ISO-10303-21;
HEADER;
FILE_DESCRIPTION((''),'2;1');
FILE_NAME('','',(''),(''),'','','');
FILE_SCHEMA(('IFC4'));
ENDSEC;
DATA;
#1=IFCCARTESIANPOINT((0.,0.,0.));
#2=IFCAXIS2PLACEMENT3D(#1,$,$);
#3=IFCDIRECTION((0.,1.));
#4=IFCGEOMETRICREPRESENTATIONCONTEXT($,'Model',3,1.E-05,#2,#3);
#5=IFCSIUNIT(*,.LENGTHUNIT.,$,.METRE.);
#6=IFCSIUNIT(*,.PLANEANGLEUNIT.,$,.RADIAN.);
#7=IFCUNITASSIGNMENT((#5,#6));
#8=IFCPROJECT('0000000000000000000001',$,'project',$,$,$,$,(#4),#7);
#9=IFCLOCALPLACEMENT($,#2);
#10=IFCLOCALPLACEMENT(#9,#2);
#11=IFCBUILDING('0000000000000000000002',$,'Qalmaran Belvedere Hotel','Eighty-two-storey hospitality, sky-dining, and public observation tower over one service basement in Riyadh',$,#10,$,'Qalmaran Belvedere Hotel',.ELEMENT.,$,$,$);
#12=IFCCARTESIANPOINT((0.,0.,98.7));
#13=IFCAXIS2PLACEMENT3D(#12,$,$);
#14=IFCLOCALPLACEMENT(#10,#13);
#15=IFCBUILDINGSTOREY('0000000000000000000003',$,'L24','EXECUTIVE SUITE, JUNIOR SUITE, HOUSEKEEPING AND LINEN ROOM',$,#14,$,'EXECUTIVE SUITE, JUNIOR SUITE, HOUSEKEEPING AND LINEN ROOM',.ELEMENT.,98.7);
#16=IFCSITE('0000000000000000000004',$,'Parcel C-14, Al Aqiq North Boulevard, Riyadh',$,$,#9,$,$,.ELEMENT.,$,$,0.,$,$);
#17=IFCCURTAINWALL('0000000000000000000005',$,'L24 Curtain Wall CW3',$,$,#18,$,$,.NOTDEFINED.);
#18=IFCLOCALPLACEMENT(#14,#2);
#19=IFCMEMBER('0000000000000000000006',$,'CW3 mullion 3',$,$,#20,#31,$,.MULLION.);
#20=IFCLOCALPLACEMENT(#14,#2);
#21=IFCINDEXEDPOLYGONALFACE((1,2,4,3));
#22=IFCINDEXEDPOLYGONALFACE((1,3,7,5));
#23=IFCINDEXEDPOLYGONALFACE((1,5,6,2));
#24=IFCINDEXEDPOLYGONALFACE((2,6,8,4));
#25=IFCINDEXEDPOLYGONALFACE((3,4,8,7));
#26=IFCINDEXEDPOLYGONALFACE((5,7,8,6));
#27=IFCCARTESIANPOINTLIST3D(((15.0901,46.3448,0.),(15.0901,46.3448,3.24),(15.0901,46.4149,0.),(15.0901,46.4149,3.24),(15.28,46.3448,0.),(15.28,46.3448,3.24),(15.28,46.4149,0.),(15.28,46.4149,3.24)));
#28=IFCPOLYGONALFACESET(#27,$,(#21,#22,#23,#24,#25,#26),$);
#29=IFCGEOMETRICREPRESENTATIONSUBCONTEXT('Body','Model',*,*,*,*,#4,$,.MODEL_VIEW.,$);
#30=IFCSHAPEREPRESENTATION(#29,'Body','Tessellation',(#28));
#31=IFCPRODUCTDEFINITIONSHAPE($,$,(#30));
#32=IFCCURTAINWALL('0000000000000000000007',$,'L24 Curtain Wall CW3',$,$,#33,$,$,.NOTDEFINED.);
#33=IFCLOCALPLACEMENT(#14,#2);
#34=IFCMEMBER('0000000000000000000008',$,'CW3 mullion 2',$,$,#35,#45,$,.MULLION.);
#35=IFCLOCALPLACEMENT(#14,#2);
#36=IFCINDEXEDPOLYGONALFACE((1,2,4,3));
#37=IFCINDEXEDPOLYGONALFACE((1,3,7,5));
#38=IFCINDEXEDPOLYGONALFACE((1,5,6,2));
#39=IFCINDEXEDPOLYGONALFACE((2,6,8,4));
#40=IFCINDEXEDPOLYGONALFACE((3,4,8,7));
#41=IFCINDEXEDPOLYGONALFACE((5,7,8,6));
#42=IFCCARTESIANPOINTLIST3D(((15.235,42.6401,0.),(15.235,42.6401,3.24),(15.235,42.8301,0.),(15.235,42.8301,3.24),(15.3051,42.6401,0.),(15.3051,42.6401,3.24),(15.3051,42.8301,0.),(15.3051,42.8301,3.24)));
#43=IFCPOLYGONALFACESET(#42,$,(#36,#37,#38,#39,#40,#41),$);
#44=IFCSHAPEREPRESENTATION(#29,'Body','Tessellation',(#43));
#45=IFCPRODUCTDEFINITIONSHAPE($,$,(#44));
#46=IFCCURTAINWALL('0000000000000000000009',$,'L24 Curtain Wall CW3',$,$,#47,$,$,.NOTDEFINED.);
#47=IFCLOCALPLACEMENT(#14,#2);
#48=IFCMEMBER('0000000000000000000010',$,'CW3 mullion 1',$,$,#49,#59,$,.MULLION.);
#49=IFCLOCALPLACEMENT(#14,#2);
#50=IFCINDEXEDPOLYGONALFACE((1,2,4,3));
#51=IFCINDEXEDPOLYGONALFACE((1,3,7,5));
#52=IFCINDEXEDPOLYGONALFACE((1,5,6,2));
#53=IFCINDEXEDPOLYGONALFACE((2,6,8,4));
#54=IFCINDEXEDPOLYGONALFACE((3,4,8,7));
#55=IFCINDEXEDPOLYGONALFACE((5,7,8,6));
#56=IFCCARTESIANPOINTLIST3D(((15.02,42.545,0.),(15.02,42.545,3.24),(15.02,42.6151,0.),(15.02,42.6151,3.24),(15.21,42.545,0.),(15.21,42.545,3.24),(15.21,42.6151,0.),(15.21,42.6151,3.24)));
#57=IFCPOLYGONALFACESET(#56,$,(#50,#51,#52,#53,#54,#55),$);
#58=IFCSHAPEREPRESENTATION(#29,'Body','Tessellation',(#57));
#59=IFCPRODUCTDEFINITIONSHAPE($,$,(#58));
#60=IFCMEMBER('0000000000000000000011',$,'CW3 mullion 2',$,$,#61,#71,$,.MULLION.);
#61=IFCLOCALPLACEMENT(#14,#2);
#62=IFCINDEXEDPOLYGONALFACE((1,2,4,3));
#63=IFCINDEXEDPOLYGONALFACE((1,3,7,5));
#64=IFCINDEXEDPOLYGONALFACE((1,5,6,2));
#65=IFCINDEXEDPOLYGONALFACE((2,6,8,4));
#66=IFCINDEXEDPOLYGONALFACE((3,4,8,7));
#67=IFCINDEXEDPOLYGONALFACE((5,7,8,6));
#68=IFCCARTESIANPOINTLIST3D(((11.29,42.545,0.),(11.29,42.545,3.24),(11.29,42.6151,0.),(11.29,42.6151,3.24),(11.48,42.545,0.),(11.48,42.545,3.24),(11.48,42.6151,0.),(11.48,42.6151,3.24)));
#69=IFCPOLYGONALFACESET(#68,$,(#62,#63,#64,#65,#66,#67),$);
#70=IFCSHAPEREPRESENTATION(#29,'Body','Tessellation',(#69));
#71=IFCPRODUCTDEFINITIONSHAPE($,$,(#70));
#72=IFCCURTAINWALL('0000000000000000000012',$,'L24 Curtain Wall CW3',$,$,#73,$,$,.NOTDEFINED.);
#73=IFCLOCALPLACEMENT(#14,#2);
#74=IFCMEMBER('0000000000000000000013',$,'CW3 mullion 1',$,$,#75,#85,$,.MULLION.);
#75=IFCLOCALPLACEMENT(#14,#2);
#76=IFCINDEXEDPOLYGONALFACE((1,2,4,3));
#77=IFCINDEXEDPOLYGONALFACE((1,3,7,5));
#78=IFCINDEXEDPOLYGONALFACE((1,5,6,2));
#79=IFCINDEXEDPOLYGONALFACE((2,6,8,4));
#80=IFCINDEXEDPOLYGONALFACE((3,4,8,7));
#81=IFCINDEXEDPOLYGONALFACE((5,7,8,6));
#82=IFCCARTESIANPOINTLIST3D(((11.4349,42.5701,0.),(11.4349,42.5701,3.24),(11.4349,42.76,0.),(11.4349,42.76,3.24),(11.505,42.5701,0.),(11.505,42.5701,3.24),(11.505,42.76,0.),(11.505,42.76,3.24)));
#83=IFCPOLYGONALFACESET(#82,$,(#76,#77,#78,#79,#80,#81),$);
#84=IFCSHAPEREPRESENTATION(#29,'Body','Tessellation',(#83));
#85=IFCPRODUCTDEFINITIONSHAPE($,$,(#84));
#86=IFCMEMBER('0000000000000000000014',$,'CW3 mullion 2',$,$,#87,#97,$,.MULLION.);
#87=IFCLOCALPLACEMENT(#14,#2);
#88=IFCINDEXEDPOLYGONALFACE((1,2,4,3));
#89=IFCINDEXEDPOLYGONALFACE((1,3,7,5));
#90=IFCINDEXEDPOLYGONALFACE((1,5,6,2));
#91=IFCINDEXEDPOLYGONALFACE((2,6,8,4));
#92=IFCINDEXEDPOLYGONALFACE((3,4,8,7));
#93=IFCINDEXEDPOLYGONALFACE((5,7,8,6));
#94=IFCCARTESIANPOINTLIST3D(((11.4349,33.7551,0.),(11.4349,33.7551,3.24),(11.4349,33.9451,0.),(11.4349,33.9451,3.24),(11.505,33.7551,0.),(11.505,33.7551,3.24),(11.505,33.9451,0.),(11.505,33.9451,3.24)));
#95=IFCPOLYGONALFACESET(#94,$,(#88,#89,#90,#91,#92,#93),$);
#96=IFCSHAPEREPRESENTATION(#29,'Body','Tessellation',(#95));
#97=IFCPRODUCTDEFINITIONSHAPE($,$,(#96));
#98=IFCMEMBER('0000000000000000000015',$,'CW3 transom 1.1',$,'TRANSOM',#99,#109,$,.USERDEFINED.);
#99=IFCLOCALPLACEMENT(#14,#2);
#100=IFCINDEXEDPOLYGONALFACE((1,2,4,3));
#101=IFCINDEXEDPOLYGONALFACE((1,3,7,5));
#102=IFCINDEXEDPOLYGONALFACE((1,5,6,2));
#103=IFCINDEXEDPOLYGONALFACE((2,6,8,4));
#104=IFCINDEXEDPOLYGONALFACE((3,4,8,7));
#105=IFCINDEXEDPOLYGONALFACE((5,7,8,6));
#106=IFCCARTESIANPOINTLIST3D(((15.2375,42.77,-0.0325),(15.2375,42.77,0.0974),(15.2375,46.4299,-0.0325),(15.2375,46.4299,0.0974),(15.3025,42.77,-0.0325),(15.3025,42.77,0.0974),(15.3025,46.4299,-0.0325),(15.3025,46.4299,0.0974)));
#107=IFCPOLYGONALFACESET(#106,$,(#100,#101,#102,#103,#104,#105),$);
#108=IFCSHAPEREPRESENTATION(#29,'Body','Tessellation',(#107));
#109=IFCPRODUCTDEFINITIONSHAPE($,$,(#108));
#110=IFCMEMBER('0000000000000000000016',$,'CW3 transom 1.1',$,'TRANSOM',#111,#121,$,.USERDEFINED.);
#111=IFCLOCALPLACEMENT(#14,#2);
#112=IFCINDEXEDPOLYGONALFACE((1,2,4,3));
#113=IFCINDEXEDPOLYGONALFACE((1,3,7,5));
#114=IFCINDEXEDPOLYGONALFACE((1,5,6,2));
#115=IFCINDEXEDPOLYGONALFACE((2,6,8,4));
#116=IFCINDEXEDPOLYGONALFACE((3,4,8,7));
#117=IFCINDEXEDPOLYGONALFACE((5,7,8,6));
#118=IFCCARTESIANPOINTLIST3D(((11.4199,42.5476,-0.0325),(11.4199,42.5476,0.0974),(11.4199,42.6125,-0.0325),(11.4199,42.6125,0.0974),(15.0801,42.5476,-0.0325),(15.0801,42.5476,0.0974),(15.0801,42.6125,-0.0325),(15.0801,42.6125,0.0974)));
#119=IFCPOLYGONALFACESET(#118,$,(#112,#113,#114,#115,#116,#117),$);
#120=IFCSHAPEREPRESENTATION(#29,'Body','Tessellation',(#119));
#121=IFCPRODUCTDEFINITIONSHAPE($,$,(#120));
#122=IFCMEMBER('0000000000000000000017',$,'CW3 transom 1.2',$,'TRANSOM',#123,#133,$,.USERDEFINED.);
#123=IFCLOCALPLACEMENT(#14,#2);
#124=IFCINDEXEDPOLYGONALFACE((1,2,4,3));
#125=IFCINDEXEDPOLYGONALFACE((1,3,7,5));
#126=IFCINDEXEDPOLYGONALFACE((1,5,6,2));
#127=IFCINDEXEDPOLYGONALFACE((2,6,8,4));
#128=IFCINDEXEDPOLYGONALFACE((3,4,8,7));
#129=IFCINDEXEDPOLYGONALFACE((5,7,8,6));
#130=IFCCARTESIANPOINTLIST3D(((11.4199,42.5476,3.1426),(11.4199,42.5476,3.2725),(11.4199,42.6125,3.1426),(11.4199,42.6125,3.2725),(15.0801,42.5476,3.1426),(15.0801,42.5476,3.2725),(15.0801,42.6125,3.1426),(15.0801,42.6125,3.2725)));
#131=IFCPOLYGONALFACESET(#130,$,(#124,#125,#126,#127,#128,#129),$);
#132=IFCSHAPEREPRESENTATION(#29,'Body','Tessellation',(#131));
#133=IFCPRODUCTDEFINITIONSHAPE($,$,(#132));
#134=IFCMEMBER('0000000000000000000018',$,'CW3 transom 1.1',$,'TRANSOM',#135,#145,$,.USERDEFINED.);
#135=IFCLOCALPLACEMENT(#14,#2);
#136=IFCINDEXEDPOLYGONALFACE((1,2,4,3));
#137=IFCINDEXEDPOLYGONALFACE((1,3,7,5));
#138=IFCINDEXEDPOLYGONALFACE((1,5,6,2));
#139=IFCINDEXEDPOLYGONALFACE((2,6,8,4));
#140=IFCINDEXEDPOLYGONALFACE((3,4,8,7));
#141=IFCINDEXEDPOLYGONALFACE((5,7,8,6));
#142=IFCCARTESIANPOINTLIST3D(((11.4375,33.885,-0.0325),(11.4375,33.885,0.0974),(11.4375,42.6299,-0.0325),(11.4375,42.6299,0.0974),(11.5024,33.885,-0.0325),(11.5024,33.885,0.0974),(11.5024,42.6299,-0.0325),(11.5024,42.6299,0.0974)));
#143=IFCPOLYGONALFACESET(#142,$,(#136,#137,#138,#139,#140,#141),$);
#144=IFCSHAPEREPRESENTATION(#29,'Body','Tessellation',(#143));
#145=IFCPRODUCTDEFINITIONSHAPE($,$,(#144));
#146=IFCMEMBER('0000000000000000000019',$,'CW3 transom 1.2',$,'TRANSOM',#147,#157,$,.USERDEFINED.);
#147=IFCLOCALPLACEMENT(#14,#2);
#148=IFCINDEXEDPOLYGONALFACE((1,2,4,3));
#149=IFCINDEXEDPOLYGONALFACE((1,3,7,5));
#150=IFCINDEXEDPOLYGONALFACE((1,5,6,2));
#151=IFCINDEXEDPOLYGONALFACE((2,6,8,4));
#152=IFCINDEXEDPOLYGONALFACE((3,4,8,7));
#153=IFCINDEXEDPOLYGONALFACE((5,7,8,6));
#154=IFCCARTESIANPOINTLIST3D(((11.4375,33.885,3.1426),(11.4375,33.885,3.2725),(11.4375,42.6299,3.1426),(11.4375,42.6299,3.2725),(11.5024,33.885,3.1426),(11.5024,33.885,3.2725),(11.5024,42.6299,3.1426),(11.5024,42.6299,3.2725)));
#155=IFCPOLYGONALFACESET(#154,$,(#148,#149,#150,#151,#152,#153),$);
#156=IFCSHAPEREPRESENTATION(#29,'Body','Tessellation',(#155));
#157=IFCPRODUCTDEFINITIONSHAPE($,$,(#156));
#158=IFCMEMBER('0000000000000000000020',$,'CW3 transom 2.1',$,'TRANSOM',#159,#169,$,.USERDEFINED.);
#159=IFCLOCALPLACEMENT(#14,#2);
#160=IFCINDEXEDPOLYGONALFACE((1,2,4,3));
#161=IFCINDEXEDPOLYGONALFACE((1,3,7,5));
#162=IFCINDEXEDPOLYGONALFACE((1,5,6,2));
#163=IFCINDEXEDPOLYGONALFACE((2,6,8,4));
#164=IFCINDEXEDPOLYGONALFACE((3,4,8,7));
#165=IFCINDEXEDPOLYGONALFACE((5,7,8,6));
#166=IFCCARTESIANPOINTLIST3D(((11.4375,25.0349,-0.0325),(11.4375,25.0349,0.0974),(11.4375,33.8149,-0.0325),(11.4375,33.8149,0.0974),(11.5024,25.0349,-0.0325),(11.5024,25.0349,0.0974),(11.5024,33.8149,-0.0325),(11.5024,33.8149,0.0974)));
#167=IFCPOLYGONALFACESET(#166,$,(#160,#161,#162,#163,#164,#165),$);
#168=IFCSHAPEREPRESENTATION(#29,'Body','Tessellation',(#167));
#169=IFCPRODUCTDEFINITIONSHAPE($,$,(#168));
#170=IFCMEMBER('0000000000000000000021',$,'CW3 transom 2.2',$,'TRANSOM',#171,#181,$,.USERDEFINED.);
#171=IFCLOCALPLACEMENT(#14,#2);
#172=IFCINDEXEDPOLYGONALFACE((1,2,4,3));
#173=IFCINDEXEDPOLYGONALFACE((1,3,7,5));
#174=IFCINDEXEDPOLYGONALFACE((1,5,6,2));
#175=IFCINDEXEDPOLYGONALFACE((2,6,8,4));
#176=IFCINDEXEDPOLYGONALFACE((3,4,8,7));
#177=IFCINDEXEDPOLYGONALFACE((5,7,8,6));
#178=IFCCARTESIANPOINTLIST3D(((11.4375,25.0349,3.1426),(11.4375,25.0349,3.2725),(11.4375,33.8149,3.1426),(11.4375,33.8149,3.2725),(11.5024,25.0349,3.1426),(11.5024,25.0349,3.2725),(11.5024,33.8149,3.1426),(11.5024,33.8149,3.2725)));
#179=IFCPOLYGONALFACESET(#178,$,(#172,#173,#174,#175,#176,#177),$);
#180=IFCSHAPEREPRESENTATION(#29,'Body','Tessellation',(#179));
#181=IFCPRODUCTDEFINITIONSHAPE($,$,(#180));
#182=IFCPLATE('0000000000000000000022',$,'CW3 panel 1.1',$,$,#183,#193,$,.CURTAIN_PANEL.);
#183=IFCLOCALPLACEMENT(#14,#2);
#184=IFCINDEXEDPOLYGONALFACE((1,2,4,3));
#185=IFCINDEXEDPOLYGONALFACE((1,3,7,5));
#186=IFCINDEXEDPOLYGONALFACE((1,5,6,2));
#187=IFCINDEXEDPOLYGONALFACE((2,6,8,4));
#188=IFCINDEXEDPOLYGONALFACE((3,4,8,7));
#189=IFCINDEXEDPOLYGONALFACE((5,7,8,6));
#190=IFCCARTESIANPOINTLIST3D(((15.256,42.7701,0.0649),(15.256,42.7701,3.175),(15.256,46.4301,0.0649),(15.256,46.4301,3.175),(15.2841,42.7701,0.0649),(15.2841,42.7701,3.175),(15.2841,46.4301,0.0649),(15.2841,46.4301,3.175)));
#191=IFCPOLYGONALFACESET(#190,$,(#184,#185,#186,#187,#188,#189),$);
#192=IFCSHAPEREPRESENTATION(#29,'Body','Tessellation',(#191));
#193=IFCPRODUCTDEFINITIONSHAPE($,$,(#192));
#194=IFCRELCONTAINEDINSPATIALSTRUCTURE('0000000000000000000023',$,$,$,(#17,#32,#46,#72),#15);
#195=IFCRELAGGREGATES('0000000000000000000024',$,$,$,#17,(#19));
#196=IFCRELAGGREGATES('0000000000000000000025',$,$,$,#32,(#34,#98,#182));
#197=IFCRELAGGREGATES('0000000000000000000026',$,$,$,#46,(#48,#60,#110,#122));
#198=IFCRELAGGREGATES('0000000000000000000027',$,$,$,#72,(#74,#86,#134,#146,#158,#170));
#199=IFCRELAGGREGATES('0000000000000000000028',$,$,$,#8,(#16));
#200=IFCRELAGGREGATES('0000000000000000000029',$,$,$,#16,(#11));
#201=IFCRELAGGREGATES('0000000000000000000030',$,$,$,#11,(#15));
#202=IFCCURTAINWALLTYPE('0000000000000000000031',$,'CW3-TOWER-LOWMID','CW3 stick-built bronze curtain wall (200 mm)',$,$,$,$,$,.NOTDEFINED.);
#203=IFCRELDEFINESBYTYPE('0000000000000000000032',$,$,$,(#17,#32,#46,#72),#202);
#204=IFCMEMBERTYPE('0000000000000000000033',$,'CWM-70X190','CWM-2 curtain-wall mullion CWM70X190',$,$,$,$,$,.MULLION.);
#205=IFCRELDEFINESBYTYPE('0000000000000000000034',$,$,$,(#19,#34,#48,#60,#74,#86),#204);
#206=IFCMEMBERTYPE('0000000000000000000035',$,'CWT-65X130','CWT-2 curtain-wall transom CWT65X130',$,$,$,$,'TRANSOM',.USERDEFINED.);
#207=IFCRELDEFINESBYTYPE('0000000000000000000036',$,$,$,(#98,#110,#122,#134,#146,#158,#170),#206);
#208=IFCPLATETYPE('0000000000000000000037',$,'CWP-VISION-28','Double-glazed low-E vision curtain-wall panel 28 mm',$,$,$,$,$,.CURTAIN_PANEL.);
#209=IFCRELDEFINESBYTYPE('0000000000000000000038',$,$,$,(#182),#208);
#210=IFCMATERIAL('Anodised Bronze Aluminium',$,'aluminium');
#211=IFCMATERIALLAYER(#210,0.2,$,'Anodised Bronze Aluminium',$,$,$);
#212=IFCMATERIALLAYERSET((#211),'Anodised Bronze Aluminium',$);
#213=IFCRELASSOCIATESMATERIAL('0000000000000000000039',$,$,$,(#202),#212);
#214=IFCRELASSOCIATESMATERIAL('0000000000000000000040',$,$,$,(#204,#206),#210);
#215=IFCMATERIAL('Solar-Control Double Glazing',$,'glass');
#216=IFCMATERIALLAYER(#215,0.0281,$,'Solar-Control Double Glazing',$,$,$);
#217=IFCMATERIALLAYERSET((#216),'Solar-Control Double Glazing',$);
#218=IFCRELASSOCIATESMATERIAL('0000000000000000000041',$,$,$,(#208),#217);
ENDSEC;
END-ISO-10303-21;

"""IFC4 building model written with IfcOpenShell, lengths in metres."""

from ifc_helpers import new_model, si_unit, direction, frame, origin, origin_2d, place, context, subcontext, project, spatial, rectangle, extrude, material, layer, layer_set, material_profile, profile_set, type_object, element, aggregate, save


model = new_model("IFC4")

# Units and contexts
model_context = context("Model", 3, precision=1e-05, world=origin(), true_north=direction((0.0, 1.0)))
body_context = subcontext(model_context, "Body", "Model", "MODEL_VIEW")
ifc_project = project(units=[si_unit("LENGTHUNIT", "METRE"), si_unit("PLANEANGLEUNIT", "RADIAN")], contexts=[model_context])

# Site, building, storey
site_placement = place(None, origin())
site = spatial("IfcSite", under=ifc_project, at=site_placement, Name="Parcel C-14, Al Aqiq North Boulevard, Riyadh", CompositionType="ELEMENT", RefElevation=0.0)
building_placement = place(site_placement, origin())
building = spatial("IfcBuilding", under=site, at=building_placement, Name="Qalmaran Belvedere Hotel", Description="Eighty-two-storey hospitality, sky-dining, and public observation tower over one service basement in Riyadh", LongName="Qalmaran Belvedere Hotel", CompositionType="ELEMENT")
storey_placement = place(building_placement, frame((0.0, 0.0, 98.7)))
storey = spatial("IfcBuildingStorey", under=building, at=storey_placement, Name="L24", Description="EXECUTIVE SUITE, JUNIOR SUITE, HOUSEKEEPING AND LINEN ROOM", LongName="EXECUTIVE SUITE, JUNIOR SUITE, HOUSEKEEPING AND LINEN ROOM", CompositionType="ELEMENT", Elevation=98.7)

# Curtain walls, members
ifc_material_1 = material(Name="Anodised Bronze Aluminium", Category="aluminium")
ifc_layer_1 = layer(ifc_material_1, 0.2, Name="Anodised Bronze Aluminium")
ifc_layer_set_1 = layer_set([ifc_layer_1], Name="Anodised Bronze Aluminium")
curtain_wall_type = type_object("IfcCurtainWallType", Name="CW3-TOWER-LOWMID", Description="CW3 stick-built bronze curtain wall (200 mm)", PredefinedType="NOTDEFINED", material=ifc_layer_set_1)
curtain_wall_1_placement = place(storey_placement, origin())
curtain_wall_1 = element("IfcCurtainWall", 1, at=curtain_wall_1_placement, inside=storey, type_object=curtain_wall_type, Name="L24 Curtain Wall CW3", PredefinedType="NOTDEFINED")
ifc_material_profile_1 = material_profile(ifc_material_1, rectangle(XDim=0.0701, YDim=0.1899, at=origin_2d()), Name="CWM70X190")
ifc_profile_set_1 = profile_set([ifc_material_profile_1], Name="Anodised Bronze Aluminium")
member_type_1 = type_object("IfcMemberType", Name="CWM-70X190", Description="CWM-2 curtain-wall mullion CWM70X190", PredefinedType="MULLION", material=ifc_profile_set_1)
member_1_placement = place(storey_placement, frame((15.1851, 46.3799, 0.0), z_axis=(0.0, 0.0, 1.0), x_axis=(0.0, -1.0, 0.0)))
member_1 = element("IfcMember", 2, at=member_1_placement, type_object=member_type_1, Name="CW3 mullion 3", PredefinedType="MULLION", context=body_context, shape_type="SweptSolid", body=[
    extrude(rectangle(XDim=0.0701, YDim=0.1899, at=origin_2d()), origin(), (0.0, 0.0, 1.0), 3.24),
])
aggregate(curtain_wall_1, [member_1])
curtain_wall_2_placement = place(storey_placement, origin())
curtain_wall_2 = element("IfcCurtainWall", 3, at=curtain_wall_2_placement, inside=storey, type_object=curtain_wall_type, Name="L24 Curtain Wall CW3", PredefinedType="NOTDEFINED")
member_2_placement = place(storey_placement, frame((15.27, 42.7351, 0.0), z_axis=(0.0, 0.0, 1.0), x_axis=(1.0, 0.0, 0.0)))
member_2 = element("IfcMember", 4, at=member_2_placement, type_object=member_type_1, Name="CW3 mullion 2", PredefinedType="MULLION", context=body_context, shape_type="SweptSolid", body=[
    extrude(rectangle(XDim=0.0701, YDim=0.1899, at=origin_2d()), origin(), (0.0, 0.0, 1.0), 3.24),
])

# Curtain walls, members
curtain_wall_3_placement = place(storey_placement, origin())
curtain_wall_3 = element("IfcCurtainWall", 5, at=curtain_wall_3_placement, inside=storey, type_object=curtain_wall_type, Name="L24 Curtain Wall CW3", PredefinedType="NOTDEFINED")
member_3_placement = place(storey_placement, frame((15.115, 42.5801, 0.0), z_axis=(0.0, 0.0, 1.0), x_axis=(0.0, -1.0, 0.0)))
member_3 = element("IfcMember", 6, at=member_3_placement, type_object=member_type_1, Name="CW3 mullion 1", PredefinedType="MULLION", context=body_context, shape_type="SweptSolid", body=[
    extrude(rectangle(XDim=0.0701, YDim=0.1899, at=origin_2d()), origin(), (0.0, 0.0, 1.0), 3.24),
])
member_4_placement = place(storey_placement, frame((11.385, 42.5801, 0.0), z_axis=(0.0, 0.0, 1.0), x_axis=(0.0, -1.0, 0.0)))
member_4 = element("IfcMember", 7, at=member_4_placement, type_object=member_type_1, Name="CW3 mullion 2", PredefinedType="MULLION", context=body_context, shape_type="SweptSolid", body=[
    extrude(rectangle(XDim=0.0701, YDim=0.1899, at=origin_2d()), origin(), (0.0, 0.0, 1.0), 3.24),
])
curtain_wall_4_placement = place(storey_placement, origin())
curtain_wall_4 = element("IfcCurtainWall", 8, at=curtain_wall_4_placement, inside=storey, type_object=curtain_wall_type, Name="L24 Curtain Wall CW3", PredefinedType="NOTDEFINED")
member_5_placement = place(storey_placement, frame((11.47, 42.665, 0.0), z_axis=(0.0, 0.0, 1.0), x_axis=(1.0, 0.0, 0.0)))
member_5 = element("IfcMember", 9, at=member_5_placement, type_object=member_type_1, Name="CW3 mullion 1", PredefinedType="MULLION", context=body_context, shape_type="SweptSolid", body=[
    extrude(rectangle(XDim=0.0701, YDim=0.1899, at=origin_2d()), origin(), (0.0, 0.0, 1.0), 3.24),
])
member_6_placement = place(storey_placement, frame((11.47, 33.8501, 0.0), z_axis=(0.0, 0.0, 1.0), x_axis=(1.0, 0.0, 0.0)))
member_6 = element("IfcMember", 10, at=member_6_placement, type_object=member_type_1, Name="CW3 mullion 2", PredefinedType="MULLION", context=body_context, shape_type="SweptSolid", body=[
    extrude(rectangle(XDim=0.0701, YDim=0.1899, at=origin_2d()), origin(), (0.0, 0.0, 1.0), 3.24),
])

# Members
ifc_material_profile_2 = material_profile(ifc_material_1, rectangle(XDim=0.0649, YDim=0.1299, at=origin_2d()), Name="CWT65X130")
ifc_profile_set_2 = profile_set([ifc_material_profile_2], Name="Anodised Bronze Aluminium")
member_type_2 = type_object("IfcMemberType", Name="CWT-65X130", Description="CWT-2 curtain-wall transom CWT65X130", ElementType="TRANSOM", PredefinedType="USERDEFINED", material=ifc_profile_set_2)
member_7_placement = place(storey_placement, frame((15.27, 46.4299, 0.0325), z_axis=(0.0, -1.0, 0.0), x_axis=(1.0, 0.0, 0.0)))
member_7 = element("IfcMember", 11, at=member_7_placement, type_object=member_type_2, Name="CW3 transom 1.1", ObjectType="TRANSOM", PredefinedType="USERDEFINED", context=body_context, shape_type="SweptSolid", body=[
    extrude(rectangle(XDim=0.0649, YDim=0.1299, at=origin_2d()), origin(), (0.0, 0.0, 1.0), 3.6599),
])
member_8_placement = place(storey_placement, frame((15.0801, 42.5801, 0.0325), z_axis=(-1.0, 0.0, 0.0), x_axis=(0.0, -1.0, 0.0)))
member_8 = element("IfcMember", 12, at=member_8_placement, type_object=member_type_2, Name="CW3 transom 1.1", ObjectType="TRANSOM", PredefinedType="USERDEFINED", context=body_context, shape_type="SweptSolid", body=[
    extrude(rectangle(XDim=0.0649, YDim=0.1299, at=origin_2d()), origin(), (0.0, 0.0, 1.0), 3.6602),
])
member_9_placement = place(storey_placement, frame((15.0801, 42.5801, 3.2075), z_axis=(-1.0, 0.0, 0.0), x_axis=(0.0, -1.0, 0.0)))
member_9 = element("IfcMember", 13, at=member_9_placement, type_object=member_type_2, Name="CW3 transom 1.2", ObjectType="TRANSOM", PredefinedType="USERDEFINED", context=body_context, shape_type="SweptSolid", body=[
    extrude(rectangle(XDim=0.0649, YDim=0.1299, at=origin_2d()), origin(), (0.0, 0.0, 1.0), 3.6602),
])
member_10_placement = place(storey_placement, frame((11.47, 42.6299, 0.0325), z_axis=(0.0, -1.0, 0.0), x_axis=(1.0, 0.0, 0.0)))
member_10 = element("IfcMember", 14, at=member_10_placement, type_object=member_type_2, Name="CW3 transom 1.1", ObjectType="TRANSOM", PredefinedType="USERDEFINED", context=body_context, shape_type="SweptSolid", body=[
    extrude(rectangle(XDim=0.0649, YDim=0.1299, at=origin_2d()), origin(), (0.0, 0.0, 1.0), 8.7449),
])
member_11_placement = place(storey_placement, frame((11.47, 42.6299, 3.2075), z_axis=(0.0, -1.0, 0.0), x_axis=(1.0, 0.0, 0.0)))
member_11 = element("IfcMember", 15, at=member_11_placement, type_object=member_type_2, Name="CW3 transom 1.2", ObjectType="TRANSOM", PredefinedType="USERDEFINED", context=body_context, shape_type="SweptSolid", body=[
    extrude(rectangle(XDim=0.0649, YDim=0.1299, at=origin_2d()), origin(), (0.0, 0.0, 1.0), 8.7449),
])
member_12_placement = place(storey_placement, frame((11.47, 33.8149, 0.0325), z_axis=(0.0, -1.0, 0.0), x_axis=(1.0, 0.0, 0.0)))
member_12 = element("IfcMember", 16, at=member_12_placement, type_object=member_type_2, Name="CW3 transom 2.1", ObjectType="TRANSOM", PredefinedType="USERDEFINED", context=body_context, shape_type="SweptSolid", body=[
    extrude(rectangle(XDim=0.0649, YDim=0.1299, at=origin_2d()), origin(), (0.0, 0.0, 1.0), 8.78),
])
member_13_placement = place(storey_placement, frame((11.47, 33.8149, 3.2075), z_axis=(0.0, -1.0, 0.0), x_axis=(1.0, 0.0, 0.0)))
member_13 = element("IfcMember", 17, at=member_13_placement, type_object=member_type_2, Name="CW3 transom 2.2", ObjectType="TRANSOM", PredefinedType="USERDEFINED", context=body_context, shape_type="SweptSolid", body=[
    extrude(rectangle(XDim=0.0649, YDim=0.1299, at=origin_2d()), origin(), (0.0, 0.0, 1.0), 8.78),
])

# Plate
ifc_material_2 = material(Name="Solar-Control Double Glazing", Category="glass")
ifc_layer_2 = layer(ifc_material_2, 0.0281, Name="Solar-Control Double Glazing")
ifc_layer_set_2 = layer_set([ifc_layer_2], Name="Solar-Control Double Glazing")
plate_type = type_object("IfcPlateType", Name="CWP-VISION-28", Description="Double-glazed low-E vision curtain-wall panel 28 mm", PredefinedType="CURTAIN_PANEL", material=ifc_layer_set_2)
plate_1_placement = place(storey_placement, frame((15.27, 44.6001, 0.0649), z_axis=(0.0, 0.0, 1.0), x_axis=(0.0, -1.0, 0.0)))
plate_1 = element("IfcPlate", 18, at=plate_1_placement, type_object=plate_type, Name="CW3 panel 1.1", PredefinedType="CURTAIN_PANEL", context=body_context, shape_type="SweptSolid", body=[
    extrude(rectangle(XDim=3.6599, YDim=0.0281, at=origin_2d()), origin(), (0.0, 0.0, 1.0), 3.1101),
])
aggregate(curtain_wall_2, [member_2, member_7, plate_1])
aggregate(curtain_wall_3, [member_3, member_4, member_8, member_9])
aggregate(curtain_wall_4, [member_5, member_6, member_10, member_11, member_12, member_13])

save(model, "model.ifc")
